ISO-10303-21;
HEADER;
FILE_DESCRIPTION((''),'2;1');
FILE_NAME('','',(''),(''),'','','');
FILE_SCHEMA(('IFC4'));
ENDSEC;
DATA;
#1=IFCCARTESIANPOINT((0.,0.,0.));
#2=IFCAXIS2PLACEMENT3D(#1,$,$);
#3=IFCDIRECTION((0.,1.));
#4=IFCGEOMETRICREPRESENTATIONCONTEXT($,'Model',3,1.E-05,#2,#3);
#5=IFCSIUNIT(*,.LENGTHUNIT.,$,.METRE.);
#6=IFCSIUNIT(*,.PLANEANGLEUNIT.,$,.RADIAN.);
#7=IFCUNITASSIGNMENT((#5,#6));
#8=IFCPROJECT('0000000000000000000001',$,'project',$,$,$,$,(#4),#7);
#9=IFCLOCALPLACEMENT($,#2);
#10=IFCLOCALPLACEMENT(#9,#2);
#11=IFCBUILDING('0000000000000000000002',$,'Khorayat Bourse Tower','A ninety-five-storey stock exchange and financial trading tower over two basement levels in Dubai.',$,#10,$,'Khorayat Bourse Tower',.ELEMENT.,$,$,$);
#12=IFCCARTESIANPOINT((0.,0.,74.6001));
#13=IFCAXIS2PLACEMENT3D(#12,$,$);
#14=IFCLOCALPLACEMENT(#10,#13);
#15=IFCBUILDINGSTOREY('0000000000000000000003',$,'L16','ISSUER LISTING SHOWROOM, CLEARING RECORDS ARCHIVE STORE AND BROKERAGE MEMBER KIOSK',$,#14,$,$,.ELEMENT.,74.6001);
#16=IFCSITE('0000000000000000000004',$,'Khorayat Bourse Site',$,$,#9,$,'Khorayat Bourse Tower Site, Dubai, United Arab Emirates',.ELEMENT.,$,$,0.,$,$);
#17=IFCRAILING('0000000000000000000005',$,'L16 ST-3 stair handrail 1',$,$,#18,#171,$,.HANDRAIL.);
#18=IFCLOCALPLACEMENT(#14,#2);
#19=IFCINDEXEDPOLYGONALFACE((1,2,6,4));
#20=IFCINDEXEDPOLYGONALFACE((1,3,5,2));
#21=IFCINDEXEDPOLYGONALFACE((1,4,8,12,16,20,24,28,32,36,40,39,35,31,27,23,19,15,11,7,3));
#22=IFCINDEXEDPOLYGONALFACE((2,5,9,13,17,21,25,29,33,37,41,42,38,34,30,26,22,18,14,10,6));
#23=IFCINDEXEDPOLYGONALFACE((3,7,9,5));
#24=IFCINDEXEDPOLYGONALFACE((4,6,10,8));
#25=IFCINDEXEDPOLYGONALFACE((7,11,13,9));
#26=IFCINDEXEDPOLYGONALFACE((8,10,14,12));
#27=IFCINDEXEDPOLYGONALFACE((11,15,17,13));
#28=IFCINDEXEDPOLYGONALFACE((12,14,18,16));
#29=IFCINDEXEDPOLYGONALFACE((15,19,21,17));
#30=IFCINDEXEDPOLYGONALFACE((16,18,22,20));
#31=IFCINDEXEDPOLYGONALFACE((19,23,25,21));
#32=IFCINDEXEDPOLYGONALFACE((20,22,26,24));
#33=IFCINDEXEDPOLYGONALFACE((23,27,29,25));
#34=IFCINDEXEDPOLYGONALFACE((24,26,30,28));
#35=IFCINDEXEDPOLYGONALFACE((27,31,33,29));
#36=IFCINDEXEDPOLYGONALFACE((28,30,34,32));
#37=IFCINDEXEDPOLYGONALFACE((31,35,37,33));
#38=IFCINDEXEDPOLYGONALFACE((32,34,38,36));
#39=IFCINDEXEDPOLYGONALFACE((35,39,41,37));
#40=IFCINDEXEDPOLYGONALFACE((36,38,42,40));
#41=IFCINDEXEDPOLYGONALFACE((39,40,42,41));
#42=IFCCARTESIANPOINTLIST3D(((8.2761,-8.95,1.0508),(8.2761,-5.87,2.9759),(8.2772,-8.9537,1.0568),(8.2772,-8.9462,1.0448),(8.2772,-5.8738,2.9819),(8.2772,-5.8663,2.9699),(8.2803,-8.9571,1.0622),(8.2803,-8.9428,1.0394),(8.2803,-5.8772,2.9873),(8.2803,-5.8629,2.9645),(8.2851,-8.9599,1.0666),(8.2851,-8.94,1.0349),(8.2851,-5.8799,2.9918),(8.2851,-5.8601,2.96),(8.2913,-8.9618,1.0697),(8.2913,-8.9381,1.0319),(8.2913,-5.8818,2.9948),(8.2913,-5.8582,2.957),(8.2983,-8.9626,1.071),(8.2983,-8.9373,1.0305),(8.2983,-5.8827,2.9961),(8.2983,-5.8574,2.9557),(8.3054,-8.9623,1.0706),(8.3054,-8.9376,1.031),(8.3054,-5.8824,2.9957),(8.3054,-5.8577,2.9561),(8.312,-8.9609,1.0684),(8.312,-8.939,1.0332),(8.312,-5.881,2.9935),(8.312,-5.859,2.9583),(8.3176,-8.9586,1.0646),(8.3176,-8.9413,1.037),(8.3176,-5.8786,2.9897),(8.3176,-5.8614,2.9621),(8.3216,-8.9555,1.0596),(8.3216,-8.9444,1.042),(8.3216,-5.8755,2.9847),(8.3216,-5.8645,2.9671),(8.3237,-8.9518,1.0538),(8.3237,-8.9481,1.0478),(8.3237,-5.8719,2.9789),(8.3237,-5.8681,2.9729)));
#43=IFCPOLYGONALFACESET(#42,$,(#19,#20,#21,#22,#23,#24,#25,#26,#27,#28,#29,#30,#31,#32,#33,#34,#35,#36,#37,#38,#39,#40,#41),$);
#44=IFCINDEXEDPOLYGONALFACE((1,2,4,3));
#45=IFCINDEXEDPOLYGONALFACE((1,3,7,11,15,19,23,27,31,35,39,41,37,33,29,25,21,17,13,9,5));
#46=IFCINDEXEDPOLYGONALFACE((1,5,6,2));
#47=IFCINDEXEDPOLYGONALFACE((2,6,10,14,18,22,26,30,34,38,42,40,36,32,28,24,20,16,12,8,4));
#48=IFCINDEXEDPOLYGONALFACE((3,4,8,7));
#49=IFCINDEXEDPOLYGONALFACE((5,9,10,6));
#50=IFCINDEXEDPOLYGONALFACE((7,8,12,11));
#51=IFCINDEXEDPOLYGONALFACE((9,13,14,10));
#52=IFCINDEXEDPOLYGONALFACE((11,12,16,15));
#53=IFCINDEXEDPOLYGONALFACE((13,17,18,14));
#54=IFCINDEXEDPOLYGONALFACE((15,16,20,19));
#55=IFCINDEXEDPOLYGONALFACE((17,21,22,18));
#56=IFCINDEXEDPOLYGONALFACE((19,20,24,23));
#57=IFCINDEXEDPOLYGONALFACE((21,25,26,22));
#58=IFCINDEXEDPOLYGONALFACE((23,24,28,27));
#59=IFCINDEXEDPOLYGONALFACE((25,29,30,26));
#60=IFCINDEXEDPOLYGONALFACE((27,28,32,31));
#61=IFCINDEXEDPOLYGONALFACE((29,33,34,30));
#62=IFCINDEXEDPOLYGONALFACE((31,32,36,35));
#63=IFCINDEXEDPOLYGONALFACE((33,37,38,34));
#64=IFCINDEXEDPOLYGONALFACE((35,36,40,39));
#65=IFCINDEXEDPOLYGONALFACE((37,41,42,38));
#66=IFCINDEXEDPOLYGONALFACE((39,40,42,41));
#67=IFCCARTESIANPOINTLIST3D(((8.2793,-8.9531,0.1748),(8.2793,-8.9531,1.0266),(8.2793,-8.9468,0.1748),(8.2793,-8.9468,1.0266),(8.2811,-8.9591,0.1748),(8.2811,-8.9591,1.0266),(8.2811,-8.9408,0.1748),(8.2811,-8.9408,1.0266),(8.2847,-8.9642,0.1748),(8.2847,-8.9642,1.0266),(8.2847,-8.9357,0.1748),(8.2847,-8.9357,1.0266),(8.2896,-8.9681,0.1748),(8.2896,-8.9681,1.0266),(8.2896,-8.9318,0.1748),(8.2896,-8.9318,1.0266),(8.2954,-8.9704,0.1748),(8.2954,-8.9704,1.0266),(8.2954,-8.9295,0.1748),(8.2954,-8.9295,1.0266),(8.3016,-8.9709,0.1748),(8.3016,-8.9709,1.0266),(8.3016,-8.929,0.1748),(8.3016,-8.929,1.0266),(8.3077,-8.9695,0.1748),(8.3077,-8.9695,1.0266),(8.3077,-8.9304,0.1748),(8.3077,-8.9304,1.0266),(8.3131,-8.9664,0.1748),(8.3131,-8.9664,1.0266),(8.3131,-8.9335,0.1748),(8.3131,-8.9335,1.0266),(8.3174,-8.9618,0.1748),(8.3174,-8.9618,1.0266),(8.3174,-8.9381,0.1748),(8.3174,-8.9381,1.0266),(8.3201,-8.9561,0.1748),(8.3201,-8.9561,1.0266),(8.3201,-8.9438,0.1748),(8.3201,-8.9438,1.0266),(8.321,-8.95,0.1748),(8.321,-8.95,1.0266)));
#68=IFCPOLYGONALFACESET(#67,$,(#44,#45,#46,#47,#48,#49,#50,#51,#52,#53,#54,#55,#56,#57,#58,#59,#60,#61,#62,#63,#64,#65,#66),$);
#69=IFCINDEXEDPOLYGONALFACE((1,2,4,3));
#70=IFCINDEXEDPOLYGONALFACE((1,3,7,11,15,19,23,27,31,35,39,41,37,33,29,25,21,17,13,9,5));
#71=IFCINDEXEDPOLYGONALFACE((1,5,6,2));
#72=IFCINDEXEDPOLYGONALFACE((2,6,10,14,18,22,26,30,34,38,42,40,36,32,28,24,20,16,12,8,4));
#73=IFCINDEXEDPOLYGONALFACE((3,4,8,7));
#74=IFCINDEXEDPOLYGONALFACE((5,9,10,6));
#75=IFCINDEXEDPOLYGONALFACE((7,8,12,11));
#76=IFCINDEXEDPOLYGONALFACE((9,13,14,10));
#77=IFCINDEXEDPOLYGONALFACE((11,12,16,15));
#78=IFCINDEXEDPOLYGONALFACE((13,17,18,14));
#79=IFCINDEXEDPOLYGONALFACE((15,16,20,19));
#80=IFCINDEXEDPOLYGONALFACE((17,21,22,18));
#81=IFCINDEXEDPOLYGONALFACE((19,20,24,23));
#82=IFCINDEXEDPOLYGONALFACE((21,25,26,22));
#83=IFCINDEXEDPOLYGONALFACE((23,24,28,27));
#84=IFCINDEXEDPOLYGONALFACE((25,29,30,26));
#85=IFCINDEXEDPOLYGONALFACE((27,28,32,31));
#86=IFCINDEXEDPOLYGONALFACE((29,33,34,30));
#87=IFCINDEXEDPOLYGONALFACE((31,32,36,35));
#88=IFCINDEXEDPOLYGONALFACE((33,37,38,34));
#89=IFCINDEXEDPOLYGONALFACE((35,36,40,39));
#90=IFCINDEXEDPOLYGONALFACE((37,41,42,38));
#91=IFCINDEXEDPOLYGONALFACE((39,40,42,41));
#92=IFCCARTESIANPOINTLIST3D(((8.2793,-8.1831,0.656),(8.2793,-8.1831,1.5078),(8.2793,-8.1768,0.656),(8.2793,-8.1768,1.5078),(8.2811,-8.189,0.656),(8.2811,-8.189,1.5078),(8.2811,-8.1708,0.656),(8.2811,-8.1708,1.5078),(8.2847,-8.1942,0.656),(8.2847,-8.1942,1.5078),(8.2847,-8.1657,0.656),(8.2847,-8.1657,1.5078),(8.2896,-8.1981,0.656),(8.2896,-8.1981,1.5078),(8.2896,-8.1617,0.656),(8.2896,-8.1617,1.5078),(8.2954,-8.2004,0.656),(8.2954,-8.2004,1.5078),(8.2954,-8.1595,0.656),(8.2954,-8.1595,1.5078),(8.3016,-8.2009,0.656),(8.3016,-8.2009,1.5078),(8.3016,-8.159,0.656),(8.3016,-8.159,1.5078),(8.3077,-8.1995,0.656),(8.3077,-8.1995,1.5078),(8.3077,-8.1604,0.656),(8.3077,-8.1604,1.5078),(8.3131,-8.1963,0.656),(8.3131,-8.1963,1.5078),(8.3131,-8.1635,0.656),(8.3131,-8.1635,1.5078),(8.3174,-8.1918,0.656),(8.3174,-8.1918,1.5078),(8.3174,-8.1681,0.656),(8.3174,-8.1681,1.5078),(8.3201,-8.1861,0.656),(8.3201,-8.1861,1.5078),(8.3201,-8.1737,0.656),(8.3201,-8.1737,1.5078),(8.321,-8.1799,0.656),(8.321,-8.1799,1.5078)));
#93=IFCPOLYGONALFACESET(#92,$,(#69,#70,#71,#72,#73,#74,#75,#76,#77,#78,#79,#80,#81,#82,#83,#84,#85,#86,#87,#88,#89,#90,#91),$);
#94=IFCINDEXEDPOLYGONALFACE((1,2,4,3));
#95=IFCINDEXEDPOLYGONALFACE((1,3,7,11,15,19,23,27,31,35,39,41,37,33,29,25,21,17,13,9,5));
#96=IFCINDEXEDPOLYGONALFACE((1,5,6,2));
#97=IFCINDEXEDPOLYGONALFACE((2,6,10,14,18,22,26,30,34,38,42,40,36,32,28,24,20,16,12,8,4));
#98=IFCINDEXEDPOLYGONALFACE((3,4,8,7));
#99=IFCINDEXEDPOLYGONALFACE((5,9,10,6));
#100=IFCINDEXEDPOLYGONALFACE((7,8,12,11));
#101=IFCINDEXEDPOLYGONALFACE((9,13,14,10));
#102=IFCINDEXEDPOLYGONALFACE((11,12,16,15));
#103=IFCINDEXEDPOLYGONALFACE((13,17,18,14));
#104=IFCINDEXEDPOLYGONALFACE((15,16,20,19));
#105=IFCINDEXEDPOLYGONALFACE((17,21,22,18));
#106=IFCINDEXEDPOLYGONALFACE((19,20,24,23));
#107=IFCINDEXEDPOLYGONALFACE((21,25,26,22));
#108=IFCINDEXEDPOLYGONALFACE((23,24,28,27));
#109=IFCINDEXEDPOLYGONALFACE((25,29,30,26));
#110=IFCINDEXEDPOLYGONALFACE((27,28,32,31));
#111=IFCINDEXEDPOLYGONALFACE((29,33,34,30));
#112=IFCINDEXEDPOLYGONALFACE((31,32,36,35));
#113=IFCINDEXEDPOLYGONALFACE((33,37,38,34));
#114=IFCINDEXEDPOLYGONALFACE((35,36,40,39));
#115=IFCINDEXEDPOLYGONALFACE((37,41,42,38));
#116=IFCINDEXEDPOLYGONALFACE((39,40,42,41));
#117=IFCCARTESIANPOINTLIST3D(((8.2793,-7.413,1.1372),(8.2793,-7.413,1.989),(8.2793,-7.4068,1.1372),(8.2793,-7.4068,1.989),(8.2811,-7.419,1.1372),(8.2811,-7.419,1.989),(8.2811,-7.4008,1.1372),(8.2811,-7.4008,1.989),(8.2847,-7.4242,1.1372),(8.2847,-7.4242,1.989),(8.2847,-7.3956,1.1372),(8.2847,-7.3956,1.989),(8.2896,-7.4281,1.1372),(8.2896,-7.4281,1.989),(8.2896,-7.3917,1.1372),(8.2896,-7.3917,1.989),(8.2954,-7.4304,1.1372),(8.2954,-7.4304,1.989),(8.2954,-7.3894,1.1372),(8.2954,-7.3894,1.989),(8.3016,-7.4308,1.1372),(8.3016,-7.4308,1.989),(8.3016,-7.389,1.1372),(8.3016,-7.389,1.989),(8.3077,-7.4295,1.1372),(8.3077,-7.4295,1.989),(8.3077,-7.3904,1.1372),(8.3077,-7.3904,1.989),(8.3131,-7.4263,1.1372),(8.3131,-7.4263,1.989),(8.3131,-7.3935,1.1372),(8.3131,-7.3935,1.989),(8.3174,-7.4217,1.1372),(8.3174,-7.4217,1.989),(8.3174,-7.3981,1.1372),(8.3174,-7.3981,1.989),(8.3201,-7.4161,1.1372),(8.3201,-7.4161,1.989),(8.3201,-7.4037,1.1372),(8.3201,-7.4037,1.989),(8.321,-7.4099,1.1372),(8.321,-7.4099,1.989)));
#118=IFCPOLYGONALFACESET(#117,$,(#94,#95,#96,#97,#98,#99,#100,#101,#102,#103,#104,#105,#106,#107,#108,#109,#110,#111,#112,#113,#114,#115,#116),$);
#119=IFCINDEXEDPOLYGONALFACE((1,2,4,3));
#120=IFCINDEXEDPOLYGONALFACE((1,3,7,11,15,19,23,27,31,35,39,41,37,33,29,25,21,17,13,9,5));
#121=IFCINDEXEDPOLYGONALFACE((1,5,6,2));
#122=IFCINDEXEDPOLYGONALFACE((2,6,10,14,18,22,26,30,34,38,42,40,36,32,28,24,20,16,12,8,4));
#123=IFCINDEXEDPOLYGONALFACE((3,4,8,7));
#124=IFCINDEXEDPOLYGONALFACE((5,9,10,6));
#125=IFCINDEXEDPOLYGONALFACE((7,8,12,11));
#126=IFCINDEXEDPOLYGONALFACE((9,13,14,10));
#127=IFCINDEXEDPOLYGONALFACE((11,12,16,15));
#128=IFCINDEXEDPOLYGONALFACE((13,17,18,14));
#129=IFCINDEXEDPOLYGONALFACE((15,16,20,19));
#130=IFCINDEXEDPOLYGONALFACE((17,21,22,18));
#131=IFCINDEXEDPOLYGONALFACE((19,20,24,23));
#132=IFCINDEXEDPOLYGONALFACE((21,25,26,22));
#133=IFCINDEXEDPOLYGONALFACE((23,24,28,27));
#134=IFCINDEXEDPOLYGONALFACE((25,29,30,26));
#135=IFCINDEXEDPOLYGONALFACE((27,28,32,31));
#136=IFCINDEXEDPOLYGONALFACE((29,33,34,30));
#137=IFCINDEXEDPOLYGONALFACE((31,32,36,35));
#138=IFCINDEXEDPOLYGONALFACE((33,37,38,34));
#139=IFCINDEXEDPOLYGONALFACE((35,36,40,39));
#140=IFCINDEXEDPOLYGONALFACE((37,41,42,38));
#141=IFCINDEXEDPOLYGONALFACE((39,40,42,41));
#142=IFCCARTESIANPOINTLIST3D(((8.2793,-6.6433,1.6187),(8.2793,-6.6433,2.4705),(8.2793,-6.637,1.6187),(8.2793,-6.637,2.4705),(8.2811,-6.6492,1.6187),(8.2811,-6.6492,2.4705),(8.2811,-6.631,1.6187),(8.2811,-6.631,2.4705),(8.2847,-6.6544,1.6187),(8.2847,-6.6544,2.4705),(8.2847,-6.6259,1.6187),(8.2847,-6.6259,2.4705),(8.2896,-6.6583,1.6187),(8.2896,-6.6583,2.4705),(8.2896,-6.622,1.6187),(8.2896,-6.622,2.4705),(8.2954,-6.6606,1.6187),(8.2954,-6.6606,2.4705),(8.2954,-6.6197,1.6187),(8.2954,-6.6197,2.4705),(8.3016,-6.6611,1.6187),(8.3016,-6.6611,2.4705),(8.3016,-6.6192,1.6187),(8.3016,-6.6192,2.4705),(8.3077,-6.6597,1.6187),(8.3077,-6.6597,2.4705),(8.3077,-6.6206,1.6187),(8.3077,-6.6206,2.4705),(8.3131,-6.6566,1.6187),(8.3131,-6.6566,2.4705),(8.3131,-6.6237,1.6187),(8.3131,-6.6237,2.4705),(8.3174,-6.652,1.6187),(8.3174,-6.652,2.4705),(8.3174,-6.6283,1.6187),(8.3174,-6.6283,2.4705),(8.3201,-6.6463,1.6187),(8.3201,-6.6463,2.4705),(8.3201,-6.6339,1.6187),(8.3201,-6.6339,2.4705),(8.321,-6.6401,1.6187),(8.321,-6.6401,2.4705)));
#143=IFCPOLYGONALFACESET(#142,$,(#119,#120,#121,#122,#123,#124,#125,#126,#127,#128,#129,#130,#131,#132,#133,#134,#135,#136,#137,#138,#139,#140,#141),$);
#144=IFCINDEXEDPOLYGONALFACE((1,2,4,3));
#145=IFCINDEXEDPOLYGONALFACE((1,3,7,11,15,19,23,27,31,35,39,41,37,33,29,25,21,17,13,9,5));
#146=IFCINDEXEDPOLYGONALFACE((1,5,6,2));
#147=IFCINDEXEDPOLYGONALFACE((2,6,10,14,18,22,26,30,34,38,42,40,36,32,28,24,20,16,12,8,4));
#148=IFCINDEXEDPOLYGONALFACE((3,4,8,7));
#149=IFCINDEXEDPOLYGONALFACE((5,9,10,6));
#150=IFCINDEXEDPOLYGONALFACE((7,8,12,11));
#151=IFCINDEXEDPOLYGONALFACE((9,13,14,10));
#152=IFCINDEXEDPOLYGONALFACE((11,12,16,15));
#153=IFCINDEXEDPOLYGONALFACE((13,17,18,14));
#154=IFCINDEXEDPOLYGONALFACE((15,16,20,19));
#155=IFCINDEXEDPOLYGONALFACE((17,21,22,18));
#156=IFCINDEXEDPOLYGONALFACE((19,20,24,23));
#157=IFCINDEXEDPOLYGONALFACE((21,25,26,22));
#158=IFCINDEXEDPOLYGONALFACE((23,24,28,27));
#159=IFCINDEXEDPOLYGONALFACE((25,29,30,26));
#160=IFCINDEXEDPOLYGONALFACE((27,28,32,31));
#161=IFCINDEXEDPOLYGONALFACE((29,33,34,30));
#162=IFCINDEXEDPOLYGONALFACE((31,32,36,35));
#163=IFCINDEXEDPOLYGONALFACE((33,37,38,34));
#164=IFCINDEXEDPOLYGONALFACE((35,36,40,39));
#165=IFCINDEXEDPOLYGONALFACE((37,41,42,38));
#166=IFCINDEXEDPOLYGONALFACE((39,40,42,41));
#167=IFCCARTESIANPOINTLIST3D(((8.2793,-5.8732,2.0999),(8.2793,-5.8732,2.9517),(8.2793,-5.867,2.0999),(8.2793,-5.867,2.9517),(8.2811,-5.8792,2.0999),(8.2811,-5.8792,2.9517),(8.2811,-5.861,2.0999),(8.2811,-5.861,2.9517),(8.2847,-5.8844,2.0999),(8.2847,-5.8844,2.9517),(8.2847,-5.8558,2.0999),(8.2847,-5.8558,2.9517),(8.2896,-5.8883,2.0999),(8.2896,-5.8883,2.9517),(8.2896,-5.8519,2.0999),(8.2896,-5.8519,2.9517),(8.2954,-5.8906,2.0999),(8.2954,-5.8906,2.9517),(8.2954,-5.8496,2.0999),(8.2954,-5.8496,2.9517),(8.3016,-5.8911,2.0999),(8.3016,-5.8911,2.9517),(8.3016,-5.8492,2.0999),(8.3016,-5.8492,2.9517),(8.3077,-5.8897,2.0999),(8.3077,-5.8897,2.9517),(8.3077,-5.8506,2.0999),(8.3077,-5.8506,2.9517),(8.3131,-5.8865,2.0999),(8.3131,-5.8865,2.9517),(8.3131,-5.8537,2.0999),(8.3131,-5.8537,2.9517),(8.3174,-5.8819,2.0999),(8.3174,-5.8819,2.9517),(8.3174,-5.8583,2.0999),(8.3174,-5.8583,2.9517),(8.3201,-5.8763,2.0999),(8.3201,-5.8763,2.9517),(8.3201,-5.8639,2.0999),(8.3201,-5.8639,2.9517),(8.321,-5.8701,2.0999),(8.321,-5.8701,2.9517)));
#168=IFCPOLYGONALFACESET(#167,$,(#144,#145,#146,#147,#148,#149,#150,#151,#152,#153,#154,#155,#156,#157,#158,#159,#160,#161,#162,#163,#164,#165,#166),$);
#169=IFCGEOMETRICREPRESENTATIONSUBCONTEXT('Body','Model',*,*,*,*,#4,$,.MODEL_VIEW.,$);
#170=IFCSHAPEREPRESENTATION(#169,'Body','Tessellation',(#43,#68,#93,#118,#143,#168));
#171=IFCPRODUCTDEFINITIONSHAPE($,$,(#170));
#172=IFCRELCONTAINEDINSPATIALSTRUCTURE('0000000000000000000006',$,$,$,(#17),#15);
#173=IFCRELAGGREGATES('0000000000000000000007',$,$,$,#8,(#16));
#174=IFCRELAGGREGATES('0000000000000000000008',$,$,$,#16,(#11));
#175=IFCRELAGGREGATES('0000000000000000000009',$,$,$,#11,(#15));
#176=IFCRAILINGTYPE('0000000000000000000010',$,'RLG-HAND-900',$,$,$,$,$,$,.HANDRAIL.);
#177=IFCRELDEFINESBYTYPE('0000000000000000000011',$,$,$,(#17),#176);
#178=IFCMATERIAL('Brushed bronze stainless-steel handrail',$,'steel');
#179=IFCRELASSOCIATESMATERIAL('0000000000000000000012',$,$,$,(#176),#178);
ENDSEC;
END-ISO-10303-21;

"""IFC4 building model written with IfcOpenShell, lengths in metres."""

from ifc_helpers import new_model, si_unit, direction, frame, origin, origin_2d, place, context, subcontext, project, spatial, circle, extrude, source, transform, mapped, material, type_object, element, save


model = new_model("IFC4")

# Units and contexts
model_context = context("Model", 3, precision=1e-05, world=origin(), true_north=direction((0.0, 1.0)))
body_context = subcontext(model_context, "Body", "Model", "MODEL_VIEW")
ifc_project = project(units=[si_unit("LENGTHUNIT", "METRE"), si_unit("PLANEANGLEUNIT", "RADIAN")], contexts=[model_context])

# Site, building, storey
site_placement = place(None, origin())
site = spatial("IfcSite", under=ifc_project, at=site_placement, Name="Khorayat Bourse Site", LongName="Khorayat Bourse Tower Site, Dubai, United Arab Emirates", CompositionType="ELEMENT", RefElevation=0.0)
building_placement = place(site_placement, origin())
building = spatial("IfcBuilding", under=site, at=building_placement, Name="Khorayat Bourse Tower", Description="A ninety-five-storey stock exchange and financial trading tower over two basement levels in Dubai.", LongName="Khorayat Bourse Tower", CompositionType="ELEMENT")
storey_placement = place(building_placement, frame((0.0, 0.0, 74.6001)))
storey = spatial("IfcBuildingStorey", under=building, at=storey_placement, Name="L16", Description="ISSUER LISTING SHOWROOM, CLEARING RECORDS ARCHIVE STORE AND BROKERAGE MEMBER KIOSK", CompositionType="ELEMENT", Elevation=74.6001)

# Railing
ifc_material_1 = material(Name="Brushed bronze stainless-steel handrail", Category="steel")
railing_type_1 = type_object("IfcRailingType", Name="RLG-HAND-900", PredefinedType="HANDRAIL", material=ifc_material_1)
shared_shape_1 = source(origin(), body_context, "Body", "SweptSolid", [
    extrude(circle(Radius=0.0239, at=origin_2d()), frame((0.0, 0.0, 0.876), z_axis=(0.0, 0.847979, 0.530029), x_axis=(-1.0, 0.0, 0.0)), (0.0, 0.0, 1.0), 3.6321),
    extrude(circle(Radius=0.021, at=origin_2d()), origin(), (0.0, 0.0, 1.0), 0.8518),
    extrude(circle(Radius=0.021, at=origin_2d()), frame((0.0, 0.77, 0.4812)), (0.0, 0.0, 1.0), 0.8518),
    extrude(circle(Radius=0.021, at=origin_2d()), frame((0.0, 1.54, 0.9624)), (0.0, 0.0, 1.0), 0.8518),
    extrude(circle(Radius=0.021, at=origin_2d()), frame((0.0, 2.3098, 1.4438)), (0.0, 0.0, 1.0), 0.8518),
    extrude(circle(Radius=0.021, at=origin_2d()), frame((0.0, 3.0798, 1.925)), (0.0, 0.0, 1.0), 0.8518),
])
railing_1_placement = place(storey_placement, frame((8.3, -8.95, 0.1748)))
element("IfcRailing", 1, at=railing_1_placement, inside=storey, type_object=railing_type_1, Name="L16 ST-3 stair handrail 1", PredefinedType="HANDRAIL", context=body_context, shape_type="MappedRepresentation", body=[
    mapped(shared_shape_1, transform((0.0, 0.0, 0.0), scale=1.0)),
])

save(model, "model.ifc")
